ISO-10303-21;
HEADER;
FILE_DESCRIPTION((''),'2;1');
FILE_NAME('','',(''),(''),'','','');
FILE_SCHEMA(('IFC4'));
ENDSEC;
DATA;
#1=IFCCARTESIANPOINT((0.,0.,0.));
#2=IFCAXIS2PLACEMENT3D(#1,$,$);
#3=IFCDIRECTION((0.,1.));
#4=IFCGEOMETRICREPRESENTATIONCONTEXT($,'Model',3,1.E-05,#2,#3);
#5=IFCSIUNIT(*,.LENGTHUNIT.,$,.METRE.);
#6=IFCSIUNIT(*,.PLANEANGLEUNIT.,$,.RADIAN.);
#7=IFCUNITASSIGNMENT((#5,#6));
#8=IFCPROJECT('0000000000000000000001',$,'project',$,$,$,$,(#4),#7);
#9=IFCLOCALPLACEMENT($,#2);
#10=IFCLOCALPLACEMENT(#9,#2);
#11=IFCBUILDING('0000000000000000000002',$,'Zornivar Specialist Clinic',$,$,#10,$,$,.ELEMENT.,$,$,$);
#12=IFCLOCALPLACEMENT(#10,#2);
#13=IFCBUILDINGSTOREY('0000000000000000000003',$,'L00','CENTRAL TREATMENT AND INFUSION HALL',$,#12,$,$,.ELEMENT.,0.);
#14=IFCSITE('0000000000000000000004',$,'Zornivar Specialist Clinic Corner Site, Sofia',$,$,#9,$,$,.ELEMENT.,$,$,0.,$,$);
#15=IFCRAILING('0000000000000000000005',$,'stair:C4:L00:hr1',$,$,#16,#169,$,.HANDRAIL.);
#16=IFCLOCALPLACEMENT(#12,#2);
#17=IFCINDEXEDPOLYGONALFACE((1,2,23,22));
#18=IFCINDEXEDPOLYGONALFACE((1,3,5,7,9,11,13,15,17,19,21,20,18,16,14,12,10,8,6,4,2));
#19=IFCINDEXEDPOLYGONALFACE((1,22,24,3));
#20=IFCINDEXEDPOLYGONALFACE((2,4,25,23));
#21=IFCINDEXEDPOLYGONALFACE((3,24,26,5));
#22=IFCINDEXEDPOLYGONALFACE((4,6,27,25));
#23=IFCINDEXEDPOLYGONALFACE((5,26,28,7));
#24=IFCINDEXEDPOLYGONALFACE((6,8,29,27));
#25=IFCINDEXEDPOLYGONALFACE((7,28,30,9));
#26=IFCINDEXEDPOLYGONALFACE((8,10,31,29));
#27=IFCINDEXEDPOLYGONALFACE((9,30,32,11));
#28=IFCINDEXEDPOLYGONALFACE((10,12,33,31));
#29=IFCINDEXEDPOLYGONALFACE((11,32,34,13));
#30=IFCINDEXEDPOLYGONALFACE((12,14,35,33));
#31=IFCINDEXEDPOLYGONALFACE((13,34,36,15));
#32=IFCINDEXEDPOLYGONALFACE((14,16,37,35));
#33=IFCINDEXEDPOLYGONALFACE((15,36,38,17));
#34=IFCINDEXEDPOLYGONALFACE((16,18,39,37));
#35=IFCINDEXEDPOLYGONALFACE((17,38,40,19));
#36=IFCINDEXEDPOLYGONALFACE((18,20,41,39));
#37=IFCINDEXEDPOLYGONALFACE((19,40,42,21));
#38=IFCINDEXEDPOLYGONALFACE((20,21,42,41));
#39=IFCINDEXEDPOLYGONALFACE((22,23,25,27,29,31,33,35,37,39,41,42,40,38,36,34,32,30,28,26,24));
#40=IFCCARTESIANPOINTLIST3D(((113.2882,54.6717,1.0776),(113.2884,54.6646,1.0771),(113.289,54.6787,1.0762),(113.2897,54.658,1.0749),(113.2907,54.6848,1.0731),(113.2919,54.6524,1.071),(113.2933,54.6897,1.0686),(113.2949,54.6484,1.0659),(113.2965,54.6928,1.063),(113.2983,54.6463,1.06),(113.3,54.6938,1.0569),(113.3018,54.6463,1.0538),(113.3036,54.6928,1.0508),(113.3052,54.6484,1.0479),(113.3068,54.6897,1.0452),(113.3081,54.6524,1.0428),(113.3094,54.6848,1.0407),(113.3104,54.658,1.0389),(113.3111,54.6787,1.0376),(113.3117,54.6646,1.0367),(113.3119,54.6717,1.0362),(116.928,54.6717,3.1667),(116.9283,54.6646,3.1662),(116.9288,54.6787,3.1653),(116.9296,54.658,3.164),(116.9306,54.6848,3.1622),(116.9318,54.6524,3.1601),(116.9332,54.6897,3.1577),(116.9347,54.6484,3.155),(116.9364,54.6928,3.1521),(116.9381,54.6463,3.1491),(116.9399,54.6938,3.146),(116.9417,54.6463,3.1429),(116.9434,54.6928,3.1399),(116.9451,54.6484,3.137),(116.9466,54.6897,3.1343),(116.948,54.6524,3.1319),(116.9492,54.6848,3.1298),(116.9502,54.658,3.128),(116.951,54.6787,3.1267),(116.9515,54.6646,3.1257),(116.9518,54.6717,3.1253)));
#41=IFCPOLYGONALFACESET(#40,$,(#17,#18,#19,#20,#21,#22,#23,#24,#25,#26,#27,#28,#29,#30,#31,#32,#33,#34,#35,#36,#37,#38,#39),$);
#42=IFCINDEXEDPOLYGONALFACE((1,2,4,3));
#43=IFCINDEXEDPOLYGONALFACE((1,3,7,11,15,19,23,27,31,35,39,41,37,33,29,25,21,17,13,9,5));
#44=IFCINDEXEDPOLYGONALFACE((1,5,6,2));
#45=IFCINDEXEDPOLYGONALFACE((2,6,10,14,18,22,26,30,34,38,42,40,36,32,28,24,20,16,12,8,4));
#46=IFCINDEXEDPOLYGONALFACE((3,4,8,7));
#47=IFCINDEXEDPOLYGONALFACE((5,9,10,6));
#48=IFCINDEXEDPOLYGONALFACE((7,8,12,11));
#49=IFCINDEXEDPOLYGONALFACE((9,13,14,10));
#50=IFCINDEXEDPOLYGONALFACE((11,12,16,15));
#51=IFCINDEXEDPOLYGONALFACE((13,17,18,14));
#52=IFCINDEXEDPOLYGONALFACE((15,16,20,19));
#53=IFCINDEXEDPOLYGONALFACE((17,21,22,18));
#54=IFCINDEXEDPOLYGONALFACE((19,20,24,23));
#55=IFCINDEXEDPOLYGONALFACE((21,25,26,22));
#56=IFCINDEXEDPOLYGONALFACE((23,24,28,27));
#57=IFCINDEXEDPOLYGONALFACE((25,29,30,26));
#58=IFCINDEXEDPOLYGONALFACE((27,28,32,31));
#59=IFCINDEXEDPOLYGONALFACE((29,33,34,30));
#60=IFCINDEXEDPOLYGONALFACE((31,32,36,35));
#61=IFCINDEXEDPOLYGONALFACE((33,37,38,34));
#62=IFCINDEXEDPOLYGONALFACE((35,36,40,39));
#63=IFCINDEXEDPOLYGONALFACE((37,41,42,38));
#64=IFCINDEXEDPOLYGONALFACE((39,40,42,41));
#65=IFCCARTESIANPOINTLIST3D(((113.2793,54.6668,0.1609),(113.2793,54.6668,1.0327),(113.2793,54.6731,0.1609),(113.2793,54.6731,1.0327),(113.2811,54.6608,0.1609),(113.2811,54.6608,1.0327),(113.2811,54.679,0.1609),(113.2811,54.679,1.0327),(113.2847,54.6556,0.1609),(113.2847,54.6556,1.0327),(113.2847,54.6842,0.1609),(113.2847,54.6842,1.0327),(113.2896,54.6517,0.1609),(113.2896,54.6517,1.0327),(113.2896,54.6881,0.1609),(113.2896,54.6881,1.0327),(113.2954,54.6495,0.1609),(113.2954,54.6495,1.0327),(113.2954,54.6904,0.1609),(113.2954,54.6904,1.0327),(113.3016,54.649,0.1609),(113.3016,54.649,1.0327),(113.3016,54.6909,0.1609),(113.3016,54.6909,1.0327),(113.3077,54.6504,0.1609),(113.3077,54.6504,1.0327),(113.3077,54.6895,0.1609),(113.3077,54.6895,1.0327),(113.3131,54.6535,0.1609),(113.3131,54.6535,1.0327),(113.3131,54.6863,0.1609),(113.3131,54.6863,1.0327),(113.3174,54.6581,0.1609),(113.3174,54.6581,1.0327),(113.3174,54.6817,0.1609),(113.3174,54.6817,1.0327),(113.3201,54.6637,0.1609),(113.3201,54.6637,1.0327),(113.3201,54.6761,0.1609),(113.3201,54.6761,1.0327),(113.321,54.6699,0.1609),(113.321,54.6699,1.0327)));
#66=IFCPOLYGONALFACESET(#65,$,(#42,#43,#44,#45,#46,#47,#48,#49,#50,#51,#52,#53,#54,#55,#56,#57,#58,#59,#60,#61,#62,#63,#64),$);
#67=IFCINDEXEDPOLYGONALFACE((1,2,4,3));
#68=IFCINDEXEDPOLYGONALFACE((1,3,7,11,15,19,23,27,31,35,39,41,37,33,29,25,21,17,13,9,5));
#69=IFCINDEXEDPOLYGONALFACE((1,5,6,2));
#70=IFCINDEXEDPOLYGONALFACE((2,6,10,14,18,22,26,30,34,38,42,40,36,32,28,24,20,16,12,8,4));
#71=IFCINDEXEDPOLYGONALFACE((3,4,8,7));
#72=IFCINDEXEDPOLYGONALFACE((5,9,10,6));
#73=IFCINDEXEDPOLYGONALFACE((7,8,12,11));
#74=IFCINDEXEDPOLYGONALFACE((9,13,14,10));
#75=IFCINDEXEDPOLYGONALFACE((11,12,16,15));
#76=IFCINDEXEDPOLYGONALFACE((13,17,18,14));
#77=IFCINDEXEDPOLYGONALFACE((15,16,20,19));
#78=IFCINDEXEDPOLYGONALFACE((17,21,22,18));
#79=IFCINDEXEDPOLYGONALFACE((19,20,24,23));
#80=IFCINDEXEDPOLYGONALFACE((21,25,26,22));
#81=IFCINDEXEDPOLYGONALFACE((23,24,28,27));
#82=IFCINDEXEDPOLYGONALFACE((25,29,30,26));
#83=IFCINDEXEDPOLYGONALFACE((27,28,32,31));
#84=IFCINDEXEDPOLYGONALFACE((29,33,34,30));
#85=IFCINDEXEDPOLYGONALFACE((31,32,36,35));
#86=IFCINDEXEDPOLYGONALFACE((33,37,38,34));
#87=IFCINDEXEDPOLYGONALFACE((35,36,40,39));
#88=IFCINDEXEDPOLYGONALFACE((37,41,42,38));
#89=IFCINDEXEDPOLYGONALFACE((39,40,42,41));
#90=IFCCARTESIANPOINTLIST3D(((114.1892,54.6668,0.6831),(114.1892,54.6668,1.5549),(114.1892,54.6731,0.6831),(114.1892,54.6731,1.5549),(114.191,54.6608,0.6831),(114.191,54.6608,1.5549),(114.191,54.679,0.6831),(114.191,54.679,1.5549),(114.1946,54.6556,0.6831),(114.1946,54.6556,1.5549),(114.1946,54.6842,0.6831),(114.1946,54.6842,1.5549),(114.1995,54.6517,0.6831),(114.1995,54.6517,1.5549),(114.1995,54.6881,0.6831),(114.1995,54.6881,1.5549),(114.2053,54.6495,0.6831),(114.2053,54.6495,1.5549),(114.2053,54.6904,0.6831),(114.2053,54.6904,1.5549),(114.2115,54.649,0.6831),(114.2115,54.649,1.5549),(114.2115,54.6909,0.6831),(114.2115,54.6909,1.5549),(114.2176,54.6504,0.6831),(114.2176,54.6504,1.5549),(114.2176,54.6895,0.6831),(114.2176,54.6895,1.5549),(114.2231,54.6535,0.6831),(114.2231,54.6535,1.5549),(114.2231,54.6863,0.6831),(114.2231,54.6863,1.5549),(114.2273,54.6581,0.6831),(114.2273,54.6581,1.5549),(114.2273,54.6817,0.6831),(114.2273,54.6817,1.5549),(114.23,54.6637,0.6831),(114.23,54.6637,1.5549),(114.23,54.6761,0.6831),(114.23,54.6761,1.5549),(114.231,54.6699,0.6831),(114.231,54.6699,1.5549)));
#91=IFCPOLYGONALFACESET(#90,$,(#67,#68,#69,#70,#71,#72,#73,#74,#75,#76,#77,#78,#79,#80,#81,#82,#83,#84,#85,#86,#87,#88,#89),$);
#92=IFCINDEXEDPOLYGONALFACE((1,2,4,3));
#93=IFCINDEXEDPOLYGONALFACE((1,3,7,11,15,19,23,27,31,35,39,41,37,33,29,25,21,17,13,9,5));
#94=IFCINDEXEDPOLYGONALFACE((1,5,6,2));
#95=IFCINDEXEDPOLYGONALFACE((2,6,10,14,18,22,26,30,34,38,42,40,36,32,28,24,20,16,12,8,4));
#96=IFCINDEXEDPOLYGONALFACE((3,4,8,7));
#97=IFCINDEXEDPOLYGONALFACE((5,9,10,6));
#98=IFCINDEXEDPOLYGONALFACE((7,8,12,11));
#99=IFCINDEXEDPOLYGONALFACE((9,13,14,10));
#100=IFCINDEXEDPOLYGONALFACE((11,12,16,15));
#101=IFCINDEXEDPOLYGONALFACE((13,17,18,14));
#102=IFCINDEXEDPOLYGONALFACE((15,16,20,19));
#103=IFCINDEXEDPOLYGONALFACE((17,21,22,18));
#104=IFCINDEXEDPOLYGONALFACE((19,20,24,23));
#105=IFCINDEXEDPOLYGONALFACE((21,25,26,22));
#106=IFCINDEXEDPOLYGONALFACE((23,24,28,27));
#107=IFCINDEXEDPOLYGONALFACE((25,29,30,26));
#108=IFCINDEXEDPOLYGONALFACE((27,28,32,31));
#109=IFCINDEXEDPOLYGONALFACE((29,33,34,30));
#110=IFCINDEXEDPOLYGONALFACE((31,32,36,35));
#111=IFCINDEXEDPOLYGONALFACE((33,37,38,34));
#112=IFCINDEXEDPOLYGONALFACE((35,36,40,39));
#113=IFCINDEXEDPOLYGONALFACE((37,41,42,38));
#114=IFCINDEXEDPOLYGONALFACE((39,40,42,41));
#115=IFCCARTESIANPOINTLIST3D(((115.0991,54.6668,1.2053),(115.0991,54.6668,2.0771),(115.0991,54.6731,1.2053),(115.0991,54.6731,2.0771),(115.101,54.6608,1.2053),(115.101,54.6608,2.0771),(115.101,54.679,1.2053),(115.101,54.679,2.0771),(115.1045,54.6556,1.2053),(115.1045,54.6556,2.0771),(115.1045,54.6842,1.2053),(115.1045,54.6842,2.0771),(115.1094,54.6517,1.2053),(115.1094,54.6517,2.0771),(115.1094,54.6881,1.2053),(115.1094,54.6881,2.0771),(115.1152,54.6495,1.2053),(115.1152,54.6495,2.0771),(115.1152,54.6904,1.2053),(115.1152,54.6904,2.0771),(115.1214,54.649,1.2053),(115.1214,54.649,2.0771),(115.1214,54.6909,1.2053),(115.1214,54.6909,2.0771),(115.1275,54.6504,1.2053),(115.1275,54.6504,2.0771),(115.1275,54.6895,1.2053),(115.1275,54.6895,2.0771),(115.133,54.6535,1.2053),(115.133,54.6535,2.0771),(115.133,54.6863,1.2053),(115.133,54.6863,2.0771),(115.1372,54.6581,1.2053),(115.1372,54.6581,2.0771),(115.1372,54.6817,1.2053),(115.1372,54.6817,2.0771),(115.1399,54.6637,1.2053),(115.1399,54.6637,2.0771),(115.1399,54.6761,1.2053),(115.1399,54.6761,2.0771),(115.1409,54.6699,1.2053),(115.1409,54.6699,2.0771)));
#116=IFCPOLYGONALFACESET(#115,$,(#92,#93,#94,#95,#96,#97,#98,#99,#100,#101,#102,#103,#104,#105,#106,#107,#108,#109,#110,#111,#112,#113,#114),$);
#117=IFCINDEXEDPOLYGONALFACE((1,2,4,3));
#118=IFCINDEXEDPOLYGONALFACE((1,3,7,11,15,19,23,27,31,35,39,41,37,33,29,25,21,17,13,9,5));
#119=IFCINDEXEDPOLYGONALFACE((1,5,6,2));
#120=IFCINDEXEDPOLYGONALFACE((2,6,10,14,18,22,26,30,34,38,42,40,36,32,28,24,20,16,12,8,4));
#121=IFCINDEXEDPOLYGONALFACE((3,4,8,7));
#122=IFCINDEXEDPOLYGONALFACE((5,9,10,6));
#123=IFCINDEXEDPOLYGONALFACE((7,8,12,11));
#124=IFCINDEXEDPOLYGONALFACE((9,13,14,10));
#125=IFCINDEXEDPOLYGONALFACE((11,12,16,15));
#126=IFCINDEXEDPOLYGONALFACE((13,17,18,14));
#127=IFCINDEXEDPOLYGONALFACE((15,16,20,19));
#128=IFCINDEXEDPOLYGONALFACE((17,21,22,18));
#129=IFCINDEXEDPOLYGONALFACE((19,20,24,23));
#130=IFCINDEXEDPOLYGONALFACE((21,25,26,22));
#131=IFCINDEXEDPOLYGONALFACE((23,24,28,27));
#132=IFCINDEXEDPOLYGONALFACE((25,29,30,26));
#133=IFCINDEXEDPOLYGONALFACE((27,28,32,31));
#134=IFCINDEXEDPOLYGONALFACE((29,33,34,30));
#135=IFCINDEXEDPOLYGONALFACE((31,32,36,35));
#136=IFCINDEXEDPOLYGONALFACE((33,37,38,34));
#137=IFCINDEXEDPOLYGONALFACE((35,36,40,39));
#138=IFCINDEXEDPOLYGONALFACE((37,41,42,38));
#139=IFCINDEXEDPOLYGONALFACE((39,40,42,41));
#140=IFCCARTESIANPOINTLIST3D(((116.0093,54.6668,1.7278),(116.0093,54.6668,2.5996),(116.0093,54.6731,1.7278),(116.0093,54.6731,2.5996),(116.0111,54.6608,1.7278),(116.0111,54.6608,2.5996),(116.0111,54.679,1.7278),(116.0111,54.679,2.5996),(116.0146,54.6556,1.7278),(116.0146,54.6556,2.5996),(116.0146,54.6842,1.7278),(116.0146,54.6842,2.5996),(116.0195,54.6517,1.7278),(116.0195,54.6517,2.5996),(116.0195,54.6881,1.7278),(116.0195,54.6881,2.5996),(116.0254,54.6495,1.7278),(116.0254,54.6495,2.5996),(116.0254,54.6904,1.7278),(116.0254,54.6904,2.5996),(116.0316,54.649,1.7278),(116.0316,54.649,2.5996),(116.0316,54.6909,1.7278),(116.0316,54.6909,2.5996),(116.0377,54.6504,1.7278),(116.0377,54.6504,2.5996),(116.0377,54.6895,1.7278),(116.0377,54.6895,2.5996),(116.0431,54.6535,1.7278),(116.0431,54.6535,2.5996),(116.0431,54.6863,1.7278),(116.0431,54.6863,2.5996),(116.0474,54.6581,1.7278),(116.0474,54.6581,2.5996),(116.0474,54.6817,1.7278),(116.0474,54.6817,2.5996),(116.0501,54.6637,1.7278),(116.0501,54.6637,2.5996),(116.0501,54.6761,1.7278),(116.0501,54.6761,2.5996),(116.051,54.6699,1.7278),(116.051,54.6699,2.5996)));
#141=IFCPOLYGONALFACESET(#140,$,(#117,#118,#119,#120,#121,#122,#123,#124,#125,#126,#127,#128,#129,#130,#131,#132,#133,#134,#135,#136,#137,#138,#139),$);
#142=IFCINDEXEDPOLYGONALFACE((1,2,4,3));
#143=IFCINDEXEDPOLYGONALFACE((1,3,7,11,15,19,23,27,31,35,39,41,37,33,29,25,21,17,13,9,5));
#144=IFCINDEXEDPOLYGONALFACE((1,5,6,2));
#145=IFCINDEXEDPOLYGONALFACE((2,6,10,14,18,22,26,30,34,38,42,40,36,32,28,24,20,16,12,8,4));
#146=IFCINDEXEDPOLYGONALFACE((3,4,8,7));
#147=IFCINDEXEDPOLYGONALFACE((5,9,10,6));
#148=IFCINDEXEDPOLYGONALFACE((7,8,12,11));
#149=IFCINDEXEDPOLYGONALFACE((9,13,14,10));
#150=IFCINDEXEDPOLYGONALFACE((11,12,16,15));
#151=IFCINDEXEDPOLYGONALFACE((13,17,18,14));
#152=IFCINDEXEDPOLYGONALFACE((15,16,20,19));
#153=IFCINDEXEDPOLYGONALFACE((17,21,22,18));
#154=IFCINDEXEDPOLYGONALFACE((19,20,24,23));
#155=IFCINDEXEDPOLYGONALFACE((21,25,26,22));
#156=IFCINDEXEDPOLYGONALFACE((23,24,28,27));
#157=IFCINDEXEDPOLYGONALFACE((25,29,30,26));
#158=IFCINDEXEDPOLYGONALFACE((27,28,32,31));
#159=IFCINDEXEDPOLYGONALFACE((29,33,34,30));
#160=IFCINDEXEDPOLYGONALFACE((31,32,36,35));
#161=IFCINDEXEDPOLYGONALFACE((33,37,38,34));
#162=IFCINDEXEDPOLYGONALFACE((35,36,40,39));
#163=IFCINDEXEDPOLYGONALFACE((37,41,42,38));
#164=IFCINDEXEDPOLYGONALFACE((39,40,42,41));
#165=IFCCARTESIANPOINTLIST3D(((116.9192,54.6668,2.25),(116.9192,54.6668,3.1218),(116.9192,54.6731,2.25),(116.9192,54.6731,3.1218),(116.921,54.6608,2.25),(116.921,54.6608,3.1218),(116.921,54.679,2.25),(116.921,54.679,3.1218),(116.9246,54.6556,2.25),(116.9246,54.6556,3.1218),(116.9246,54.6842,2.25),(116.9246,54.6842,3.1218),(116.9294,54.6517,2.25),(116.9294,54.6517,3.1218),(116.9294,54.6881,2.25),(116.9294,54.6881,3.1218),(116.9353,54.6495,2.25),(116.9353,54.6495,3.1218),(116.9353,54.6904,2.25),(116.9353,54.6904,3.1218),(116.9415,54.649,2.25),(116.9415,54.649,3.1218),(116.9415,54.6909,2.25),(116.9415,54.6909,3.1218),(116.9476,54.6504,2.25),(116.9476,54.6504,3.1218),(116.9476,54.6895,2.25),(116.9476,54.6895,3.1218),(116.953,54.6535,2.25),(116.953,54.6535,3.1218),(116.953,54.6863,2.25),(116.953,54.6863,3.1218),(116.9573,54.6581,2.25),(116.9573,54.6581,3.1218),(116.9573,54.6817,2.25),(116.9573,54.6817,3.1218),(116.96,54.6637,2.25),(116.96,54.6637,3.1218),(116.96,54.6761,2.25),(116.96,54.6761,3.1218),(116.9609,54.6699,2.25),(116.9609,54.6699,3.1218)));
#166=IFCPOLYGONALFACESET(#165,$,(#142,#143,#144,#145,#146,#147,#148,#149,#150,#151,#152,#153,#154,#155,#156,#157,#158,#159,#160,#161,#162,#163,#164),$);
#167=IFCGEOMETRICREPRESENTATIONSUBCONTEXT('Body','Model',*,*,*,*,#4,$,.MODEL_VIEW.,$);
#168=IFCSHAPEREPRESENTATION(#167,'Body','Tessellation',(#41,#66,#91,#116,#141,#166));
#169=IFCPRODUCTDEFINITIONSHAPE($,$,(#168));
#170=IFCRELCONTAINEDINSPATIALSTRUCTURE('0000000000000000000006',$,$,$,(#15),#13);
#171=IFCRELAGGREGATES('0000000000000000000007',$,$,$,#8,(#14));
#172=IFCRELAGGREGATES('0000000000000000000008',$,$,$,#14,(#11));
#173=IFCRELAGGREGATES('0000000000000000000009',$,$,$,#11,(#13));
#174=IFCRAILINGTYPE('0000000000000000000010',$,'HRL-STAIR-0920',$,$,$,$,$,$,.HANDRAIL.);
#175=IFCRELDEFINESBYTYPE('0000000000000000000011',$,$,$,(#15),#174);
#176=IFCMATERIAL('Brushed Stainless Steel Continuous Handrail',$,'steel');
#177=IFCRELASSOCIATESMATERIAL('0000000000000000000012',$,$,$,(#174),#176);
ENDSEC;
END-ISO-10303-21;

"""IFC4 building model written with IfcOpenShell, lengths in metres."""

from ifc_helpers import new_model, si_unit, direction, frame, origin, origin_2d, place, context, subcontext, project, spatial, circle, extrude, material, type_object, element, save


model = new_model("IFC4")

# Units and contexts
model_context = context("Model", 3, precision=1e-05, world=origin(), true_north=direction((0.0, 1.0)))
body_context = subcontext(model_context, "Body", "Model", "MODEL_VIEW")
ifc_project = project(units=[si_unit("LENGTHUNIT", "METRE"), si_unit("PLANEANGLEUNIT", "RADIAN")], contexts=[model_context])

# Site, building, storey
site_placement = place(None, origin())
site = spatial("IfcSite", under=ifc_project, at=site_placement, Name="Zornivar Specialist Clinic Corner Site, Sofia", CompositionType="ELEMENT", RefElevation=0.0)
building_placement = place(site_placement, origin())
building = spatial("IfcBuilding", under=site, at=building_placement, Name="Zornivar Specialist Clinic", CompositionType="ELEMENT")
storey_placement = place(building_placement, origin())
storey = spatial("IfcBuildingStorey", under=building, at=storey_placement, Name="L00", Description="CENTRAL TREATMENT AND INFUSION HALL", CompositionType="ELEMENT", Elevation=0.0)

# Railing
ifc_material_1 = material(Name="Brushed Stainless Steel Continuous Handrail", Category="steel")
railing_type_1 = type_object("IfcRailingType", Name="HRL-STAIR-0920", PredefinedType="HANDRAIL", material=ifc_material_1)
railing_1_placement = place(storey_placement, frame((113.3, 54.6699, 0.1609)))
element("IfcRailing", 1, at=railing_1_placement, inside=storey, type_object=railing_type_1, Name="stair:C4:L00:hr1", PredefinedType="HANDRAIL", context=body_context, shape_type="SweptSolid", body=[
    extrude(circle(Radius=0.0239, at=origin_2d()), frame((0.0, 0.0, 0.896), z_axis=(0.8673, 0.0, 0.497786), x_axis=(0.0, 1.0, 0.0)), (0.0, 0.0, 1.0), 4.1968),
    extrude(circle(Radius=0.021, at=origin_2d()), origin(), (0.0, 0.0, 1.0), 0.8718),
    extrude(circle(Radius=0.021, at=origin_2d()), frame((0.9099, 0.0, 0.5222)), (0.0, 0.0, 1.0), 0.8718),
    extrude(circle(Radius=0.021, at=origin_2d()), frame((1.8198, 0.0, 1.0444)), (0.0, 0.0, 1.0), 0.8718),
    extrude(circle(Radius=0.021, at=origin_2d()), frame((2.73, 0.0, 1.5669)), (0.0, 0.0, 1.0), 0.8718),
    extrude(circle(Radius=0.021, at=origin_2d()), frame((3.6399, 0.0, 2.0891)), (0.0, 0.0, 1.0), 0.8718),
])

save(model, "model.ifc")
